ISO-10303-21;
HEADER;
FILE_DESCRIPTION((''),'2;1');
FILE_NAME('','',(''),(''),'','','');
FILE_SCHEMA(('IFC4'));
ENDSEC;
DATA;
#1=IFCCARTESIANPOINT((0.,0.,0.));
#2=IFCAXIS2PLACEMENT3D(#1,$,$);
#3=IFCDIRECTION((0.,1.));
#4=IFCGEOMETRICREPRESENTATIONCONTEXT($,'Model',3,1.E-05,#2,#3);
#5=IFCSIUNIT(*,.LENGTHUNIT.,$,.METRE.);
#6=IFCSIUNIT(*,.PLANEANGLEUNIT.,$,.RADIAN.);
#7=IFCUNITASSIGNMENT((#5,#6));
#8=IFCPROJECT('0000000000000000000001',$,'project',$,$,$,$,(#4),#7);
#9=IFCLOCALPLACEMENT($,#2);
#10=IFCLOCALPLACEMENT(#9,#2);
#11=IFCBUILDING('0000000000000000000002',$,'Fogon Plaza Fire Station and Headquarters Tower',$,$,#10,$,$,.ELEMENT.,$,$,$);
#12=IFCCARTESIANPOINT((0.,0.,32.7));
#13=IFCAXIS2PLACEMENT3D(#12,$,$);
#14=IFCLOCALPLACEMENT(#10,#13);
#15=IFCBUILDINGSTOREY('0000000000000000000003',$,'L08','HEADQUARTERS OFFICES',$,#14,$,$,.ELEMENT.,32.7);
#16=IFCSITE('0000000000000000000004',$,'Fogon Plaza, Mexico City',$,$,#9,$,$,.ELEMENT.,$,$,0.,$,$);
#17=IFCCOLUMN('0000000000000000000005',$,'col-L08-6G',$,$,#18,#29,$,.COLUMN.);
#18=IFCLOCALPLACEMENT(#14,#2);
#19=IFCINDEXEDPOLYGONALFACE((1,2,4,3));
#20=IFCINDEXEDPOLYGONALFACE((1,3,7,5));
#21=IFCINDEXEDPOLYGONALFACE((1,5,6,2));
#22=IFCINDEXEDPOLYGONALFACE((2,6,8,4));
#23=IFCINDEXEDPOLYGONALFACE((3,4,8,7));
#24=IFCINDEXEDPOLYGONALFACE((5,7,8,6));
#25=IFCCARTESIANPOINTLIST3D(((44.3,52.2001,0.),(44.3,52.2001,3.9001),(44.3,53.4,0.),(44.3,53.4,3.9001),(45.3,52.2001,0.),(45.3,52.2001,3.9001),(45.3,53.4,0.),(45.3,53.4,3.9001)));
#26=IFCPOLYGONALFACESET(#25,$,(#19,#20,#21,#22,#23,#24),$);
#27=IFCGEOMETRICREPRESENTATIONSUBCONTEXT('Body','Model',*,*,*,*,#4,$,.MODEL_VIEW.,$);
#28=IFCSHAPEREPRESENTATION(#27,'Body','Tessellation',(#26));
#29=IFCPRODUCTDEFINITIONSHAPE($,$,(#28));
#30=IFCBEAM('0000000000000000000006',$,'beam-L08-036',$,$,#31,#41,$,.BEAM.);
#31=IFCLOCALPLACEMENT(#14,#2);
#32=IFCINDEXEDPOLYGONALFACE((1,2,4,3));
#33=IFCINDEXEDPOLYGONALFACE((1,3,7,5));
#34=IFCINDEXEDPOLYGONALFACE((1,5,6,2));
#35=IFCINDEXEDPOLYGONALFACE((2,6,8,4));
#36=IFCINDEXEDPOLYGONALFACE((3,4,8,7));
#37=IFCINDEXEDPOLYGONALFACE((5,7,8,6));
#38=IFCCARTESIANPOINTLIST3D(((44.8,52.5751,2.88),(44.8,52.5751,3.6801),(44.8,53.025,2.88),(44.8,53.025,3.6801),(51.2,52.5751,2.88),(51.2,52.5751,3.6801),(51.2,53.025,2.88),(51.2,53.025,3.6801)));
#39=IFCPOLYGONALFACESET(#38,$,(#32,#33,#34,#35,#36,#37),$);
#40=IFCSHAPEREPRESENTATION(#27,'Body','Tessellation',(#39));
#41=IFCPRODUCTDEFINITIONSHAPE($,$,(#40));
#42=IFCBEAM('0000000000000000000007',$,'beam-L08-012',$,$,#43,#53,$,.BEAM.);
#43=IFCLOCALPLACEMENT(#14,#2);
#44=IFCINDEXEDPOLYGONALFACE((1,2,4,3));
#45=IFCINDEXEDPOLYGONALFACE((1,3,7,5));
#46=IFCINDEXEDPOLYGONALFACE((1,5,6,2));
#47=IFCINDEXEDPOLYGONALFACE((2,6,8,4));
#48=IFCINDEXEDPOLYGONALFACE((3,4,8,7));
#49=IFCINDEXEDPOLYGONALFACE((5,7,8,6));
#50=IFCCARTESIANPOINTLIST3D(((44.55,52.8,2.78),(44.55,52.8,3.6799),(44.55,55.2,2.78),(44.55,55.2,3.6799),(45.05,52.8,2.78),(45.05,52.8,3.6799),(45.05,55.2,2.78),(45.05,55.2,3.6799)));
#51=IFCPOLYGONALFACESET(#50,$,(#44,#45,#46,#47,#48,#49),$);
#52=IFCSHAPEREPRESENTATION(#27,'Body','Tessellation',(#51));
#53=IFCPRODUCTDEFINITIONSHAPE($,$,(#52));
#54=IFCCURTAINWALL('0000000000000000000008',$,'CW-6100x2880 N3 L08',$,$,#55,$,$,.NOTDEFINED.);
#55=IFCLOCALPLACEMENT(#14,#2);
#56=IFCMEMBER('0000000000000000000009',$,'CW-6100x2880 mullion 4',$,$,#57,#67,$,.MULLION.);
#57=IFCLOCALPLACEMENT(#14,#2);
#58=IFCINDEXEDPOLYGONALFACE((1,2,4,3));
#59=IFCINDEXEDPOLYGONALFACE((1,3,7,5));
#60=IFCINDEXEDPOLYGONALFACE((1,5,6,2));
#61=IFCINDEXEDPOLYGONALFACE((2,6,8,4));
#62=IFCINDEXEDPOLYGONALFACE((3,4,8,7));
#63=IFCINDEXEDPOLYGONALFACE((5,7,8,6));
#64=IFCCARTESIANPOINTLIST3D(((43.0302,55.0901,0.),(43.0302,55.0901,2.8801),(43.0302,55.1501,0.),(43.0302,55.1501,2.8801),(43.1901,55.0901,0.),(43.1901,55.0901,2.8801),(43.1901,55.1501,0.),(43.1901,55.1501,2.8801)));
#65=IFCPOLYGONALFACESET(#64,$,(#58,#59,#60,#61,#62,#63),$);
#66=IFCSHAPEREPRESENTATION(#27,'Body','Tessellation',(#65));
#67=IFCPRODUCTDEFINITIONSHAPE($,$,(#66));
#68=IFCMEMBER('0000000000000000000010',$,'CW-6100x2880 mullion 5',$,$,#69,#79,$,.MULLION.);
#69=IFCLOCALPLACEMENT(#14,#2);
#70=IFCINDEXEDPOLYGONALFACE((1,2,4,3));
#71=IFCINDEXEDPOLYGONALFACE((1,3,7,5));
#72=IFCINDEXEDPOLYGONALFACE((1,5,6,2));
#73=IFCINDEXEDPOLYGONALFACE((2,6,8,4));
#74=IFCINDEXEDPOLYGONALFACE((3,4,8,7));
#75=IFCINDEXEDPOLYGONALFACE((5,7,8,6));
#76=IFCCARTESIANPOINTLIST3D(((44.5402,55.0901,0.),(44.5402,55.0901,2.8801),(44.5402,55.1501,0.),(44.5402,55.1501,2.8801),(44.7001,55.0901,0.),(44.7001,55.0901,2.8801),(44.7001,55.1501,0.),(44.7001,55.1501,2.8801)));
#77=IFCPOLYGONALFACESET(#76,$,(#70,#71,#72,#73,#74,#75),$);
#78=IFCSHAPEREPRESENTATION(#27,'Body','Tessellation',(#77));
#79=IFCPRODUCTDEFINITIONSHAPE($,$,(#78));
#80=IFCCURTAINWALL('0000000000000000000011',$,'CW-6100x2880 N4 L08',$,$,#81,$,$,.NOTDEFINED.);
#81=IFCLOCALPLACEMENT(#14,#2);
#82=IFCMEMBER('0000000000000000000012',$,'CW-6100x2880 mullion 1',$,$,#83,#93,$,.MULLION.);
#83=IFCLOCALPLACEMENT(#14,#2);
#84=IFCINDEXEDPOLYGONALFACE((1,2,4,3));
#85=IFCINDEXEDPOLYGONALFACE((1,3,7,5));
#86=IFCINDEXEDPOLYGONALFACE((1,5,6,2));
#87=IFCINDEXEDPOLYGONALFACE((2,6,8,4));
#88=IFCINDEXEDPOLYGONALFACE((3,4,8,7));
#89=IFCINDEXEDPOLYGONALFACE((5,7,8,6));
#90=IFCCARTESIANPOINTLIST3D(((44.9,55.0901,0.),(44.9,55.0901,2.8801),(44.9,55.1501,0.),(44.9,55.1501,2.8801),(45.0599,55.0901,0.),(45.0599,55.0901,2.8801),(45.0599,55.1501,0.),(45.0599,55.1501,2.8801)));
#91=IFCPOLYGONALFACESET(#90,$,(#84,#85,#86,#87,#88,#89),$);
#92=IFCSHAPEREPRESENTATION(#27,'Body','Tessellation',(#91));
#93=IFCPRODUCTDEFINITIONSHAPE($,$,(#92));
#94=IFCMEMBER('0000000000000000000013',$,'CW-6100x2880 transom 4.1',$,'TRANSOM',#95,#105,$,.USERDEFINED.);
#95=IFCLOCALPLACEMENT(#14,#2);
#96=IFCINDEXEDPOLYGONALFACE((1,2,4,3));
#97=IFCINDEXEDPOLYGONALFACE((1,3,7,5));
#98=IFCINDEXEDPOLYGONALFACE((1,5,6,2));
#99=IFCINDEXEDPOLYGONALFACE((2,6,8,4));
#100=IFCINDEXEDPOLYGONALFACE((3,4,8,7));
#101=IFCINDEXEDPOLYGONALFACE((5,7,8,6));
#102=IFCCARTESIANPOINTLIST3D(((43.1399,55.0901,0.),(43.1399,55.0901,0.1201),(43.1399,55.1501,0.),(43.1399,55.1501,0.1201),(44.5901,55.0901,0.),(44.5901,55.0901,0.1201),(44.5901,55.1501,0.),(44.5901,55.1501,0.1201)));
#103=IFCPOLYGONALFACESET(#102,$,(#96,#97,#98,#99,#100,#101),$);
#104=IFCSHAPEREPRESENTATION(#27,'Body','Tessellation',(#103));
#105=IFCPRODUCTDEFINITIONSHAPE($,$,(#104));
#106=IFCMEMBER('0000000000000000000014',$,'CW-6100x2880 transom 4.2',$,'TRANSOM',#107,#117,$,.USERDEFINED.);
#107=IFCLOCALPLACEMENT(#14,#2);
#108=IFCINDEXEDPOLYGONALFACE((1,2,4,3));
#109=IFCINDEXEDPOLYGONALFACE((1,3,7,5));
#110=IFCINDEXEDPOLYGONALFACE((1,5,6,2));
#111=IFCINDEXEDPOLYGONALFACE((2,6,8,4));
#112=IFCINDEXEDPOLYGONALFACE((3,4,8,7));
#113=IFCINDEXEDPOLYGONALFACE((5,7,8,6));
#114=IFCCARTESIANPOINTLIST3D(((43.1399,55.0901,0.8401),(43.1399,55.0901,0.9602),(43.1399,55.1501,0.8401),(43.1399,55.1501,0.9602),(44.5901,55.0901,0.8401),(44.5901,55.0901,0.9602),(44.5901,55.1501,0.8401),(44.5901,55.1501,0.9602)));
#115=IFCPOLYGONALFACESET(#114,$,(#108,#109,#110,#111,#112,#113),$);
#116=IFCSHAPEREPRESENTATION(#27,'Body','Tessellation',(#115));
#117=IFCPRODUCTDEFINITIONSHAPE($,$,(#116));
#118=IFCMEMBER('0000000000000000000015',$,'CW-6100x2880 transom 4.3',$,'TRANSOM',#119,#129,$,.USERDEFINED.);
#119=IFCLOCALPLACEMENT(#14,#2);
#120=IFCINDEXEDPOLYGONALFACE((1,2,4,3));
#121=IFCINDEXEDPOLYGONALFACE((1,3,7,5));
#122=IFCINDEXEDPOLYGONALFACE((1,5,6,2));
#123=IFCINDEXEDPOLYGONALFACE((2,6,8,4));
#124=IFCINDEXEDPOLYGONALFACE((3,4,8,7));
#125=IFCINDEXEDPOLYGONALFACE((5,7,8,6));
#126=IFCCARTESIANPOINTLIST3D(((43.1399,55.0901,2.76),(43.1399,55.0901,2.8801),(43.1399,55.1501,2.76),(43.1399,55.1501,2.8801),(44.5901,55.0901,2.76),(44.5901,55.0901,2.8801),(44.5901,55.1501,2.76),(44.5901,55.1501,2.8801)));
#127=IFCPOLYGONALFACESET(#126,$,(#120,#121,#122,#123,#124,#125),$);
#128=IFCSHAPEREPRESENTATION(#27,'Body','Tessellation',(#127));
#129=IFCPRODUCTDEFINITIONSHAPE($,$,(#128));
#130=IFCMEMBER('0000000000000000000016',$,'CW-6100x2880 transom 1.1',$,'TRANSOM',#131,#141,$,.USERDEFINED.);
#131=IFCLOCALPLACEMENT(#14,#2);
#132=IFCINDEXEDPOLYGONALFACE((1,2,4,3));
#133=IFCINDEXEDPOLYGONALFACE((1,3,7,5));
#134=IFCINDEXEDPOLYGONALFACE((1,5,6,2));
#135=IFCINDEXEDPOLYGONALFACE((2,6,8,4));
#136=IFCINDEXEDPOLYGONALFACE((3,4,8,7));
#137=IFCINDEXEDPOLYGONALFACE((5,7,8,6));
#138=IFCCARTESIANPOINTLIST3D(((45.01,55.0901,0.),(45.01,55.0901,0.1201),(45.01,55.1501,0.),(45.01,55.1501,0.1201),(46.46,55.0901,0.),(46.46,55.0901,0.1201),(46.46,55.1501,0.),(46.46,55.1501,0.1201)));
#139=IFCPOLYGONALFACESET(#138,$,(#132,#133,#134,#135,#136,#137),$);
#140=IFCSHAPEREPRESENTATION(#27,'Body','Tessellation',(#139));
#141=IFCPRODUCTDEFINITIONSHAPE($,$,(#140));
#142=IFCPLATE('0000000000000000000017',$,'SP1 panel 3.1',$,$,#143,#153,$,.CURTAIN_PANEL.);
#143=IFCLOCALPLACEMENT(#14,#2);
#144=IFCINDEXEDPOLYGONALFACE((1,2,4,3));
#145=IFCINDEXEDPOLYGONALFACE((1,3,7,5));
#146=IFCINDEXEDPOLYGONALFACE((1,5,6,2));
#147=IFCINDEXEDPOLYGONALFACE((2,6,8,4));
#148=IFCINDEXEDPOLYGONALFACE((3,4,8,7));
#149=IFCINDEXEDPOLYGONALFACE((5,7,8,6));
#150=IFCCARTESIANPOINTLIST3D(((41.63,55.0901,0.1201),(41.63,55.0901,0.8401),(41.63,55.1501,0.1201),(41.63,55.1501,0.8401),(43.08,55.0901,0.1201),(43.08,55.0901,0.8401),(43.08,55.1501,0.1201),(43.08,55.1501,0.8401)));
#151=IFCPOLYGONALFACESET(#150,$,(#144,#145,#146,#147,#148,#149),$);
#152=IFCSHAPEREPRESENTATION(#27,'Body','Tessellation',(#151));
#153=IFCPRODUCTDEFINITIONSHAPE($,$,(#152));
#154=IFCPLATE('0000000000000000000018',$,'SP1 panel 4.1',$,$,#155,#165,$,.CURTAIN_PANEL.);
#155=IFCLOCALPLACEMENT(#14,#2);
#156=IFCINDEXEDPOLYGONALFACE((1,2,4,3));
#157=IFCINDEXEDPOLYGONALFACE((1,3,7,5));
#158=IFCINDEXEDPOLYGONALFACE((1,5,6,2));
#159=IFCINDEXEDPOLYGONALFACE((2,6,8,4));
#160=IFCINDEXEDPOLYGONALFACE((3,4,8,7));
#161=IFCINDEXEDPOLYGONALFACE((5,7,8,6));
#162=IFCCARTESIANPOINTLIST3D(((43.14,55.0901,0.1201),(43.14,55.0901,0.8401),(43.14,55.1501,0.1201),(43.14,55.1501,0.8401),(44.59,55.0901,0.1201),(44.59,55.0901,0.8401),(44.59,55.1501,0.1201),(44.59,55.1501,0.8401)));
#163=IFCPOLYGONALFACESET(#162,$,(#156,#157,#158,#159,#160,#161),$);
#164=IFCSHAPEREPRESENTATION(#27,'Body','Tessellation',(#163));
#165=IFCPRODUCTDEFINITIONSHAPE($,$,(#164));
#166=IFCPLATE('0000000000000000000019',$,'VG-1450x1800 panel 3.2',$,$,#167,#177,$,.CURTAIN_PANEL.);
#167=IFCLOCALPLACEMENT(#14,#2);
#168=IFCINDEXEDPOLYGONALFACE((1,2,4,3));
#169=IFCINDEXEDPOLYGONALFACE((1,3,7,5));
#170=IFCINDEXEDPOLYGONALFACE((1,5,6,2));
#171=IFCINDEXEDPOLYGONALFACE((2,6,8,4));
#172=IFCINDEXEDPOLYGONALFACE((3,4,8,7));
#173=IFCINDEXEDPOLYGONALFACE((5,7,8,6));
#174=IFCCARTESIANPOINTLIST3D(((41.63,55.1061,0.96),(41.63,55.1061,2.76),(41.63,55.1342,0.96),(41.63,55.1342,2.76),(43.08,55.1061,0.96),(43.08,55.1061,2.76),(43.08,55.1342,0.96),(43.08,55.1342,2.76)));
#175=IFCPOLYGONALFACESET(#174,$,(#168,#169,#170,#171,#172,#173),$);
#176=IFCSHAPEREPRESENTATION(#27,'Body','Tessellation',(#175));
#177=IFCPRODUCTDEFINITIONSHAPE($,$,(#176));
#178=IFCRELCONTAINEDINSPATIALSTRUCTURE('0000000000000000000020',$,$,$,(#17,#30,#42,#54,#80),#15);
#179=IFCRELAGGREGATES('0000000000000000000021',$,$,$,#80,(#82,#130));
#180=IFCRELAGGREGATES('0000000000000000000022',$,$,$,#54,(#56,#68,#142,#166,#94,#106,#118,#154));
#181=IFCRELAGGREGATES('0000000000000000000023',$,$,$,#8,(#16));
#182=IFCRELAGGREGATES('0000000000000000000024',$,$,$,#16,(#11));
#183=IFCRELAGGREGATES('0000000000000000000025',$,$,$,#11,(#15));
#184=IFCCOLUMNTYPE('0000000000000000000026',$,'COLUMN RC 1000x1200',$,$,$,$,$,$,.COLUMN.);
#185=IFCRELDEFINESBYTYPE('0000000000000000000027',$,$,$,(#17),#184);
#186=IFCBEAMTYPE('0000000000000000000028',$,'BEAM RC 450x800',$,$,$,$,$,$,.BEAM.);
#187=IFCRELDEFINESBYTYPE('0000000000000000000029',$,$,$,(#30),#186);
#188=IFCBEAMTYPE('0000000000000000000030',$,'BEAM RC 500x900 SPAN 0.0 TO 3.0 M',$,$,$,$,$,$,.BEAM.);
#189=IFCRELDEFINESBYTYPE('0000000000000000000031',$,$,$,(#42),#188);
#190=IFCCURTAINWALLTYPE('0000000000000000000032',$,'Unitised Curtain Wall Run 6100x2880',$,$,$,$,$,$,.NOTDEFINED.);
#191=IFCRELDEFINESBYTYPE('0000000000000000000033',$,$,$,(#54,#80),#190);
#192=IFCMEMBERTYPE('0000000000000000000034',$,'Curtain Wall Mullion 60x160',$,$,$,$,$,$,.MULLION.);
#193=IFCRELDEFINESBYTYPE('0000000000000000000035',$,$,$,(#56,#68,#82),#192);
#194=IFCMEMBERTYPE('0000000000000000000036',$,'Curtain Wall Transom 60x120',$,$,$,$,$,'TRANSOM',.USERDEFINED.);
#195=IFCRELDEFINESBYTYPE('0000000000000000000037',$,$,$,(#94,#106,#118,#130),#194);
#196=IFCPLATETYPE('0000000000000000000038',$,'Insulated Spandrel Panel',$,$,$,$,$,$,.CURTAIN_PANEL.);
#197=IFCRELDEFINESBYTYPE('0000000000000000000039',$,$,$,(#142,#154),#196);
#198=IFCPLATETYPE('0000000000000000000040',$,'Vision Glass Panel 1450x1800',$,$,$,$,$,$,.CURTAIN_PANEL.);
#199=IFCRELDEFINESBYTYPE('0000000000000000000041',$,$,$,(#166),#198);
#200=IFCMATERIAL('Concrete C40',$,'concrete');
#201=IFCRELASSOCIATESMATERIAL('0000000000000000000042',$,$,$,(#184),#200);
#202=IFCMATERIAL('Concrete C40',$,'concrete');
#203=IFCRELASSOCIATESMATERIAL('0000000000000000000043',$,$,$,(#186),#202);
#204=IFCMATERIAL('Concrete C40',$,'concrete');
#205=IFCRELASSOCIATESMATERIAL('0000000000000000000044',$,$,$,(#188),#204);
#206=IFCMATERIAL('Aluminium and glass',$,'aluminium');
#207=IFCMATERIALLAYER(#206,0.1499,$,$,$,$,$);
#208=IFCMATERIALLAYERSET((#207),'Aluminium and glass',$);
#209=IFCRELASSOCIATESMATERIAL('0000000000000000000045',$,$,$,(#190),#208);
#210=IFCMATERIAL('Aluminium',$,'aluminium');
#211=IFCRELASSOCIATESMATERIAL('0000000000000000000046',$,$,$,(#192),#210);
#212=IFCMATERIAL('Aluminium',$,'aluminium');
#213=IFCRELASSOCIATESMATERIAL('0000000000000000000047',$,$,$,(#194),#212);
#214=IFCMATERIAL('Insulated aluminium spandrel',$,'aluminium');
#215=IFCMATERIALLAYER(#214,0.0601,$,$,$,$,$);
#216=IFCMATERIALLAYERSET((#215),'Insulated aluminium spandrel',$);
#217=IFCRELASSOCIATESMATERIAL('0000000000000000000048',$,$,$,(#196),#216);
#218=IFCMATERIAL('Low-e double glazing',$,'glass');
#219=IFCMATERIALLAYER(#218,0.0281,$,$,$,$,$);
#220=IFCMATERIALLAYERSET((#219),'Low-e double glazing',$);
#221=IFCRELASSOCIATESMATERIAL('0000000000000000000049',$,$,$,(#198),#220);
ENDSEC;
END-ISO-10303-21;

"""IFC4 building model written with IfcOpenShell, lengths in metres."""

from ifc_helpers import new_model, si_unit, direction, frame, origin, origin_2d, place, context, subcontext, project, spatial, rectangle, extrude, material, layer, layer_set, material_profile, profile_set, type_object, element, aggregate, save


model = new_model("IFC4")

# Units and contexts
model_context = context("Model", 3, precision=1e-05, world=origin(), true_north=direction((0.0, 1.0)))
body_context = subcontext(model_context, "Body", "Model", "MODEL_VIEW")
ifc_project = project(units=[si_unit("LENGTHUNIT", "METRE"), si_unit("PLANEANGLEUNIT", "RADIAN")], contexts=[model_context])

# Site, building, storey
site_placement = place(None, origin())
site = spatial("IfcSite", under=ifc_project, at=site_placement, Name="Fogon Plaza, Mexico City", CompositionType="ELEMENT", RefElevation=0.0)
building_placement = place(site_placement, origin())
building = spatial("IfcBuilding", under=site, at=building_placement, Name="Fogon Plaza Fire Station and Headquarters Tower", CompositionType="ELEMENT")
storey_placement = place(building_placement, frame((0.0, 0.0, 32.7)))
storey = spatial("IfcBuildingStorey", under=building, at=storey_placement, Name="L08", Description="HEADQUARTERS OFFICES", CompositionType="ELEMENT", Elevation=32.7)

# Column
ifc_material_1 = material(Name="Concrete C40", Category="concrete")
ifc_material_profile_1 = material_profile(ifc_material_1, rectangle(XDim=1.0, YDim=1.2, at=origin_2d()), Name="RC 1000x1200")
ifc_profile_set_1 = profile_set([ifc_material_profile_1], Name="Concrete C40")
column_type = type_object("IfcColumnType", Name="COLUMN RC 1000x1200", PredefinedType="COLUMN", material=ifc_profile_set_1)
column_placement = place(storey_placement, frame((44.8, 52.8, 0.0), z_axis=(0.0, 0.0, 1.0), x_axis=(1.0, 0.0, 0.0)))
element("IfcColumn", 1, at=column_placement, inside=storey, type_object=column_type, Name="col-L08-6G", PredefinedType="COLUMN", context=body_context, shape_type="SweptSolid", body=[
    extrude(rectangle(XDim=1.0, YDim=1.2, at=origin_2d()), origin(), (0.0, 0.0, 1.0), 3.9001),
])

# Beams
ifc_material_2 = material(Name="Concrete C40", Category="concrete")
ifc_material_profile_2 = material_profile(ifc_material_2, rectangle(XDim=0.45, YDim=0.8, at=origin_2d()), Name="RC 450x800")
ifc_profile_set_2 = profile_set([ifc_material_profile_2], Name="Concrete C40")
beam_type_1 = type_object("IfcBeamType", Name="BEAM RC 450x800", PredefinedType="BEAM", material=ifc_profile_set_2)
beam_1_placement = place(storey_placement, frame((44.8, 52.8, 3.28), z_axis=(1.0, 0.0, 0.0), x_axis=(0.0, 1.0, 0.0)))
element("IfcBeam", 2, at=beam_1_placement, inside=storey, type_object=beam_type_1, Name="beam-L08-036", PredefinedType="BEAM", context=body_context, shape_type="SweptSolid", body=[
    extrude(rectangle(XDim=0.45, YDim=0.8, at=origin_2d()), origin(), (0.0, 0.0, 1.0), 6.3999),
])
ifc_material_3 = material(Name="Concrete C40", Category="concrete")
ifc_material_profile_3 = material_profile(ifc_material_3, rectangle(XDim=0.5, YDim=0.8999, at=origin_2d()), Name="RC 500x900")
ifc_profile_set_3 = profile_set([ifc_material_profile_3], Name="Concrete C40")
beam_type_2 = type_object("IfcBeamType", Name="BEAM RC 500x900 SPAN 0.0 TO 3.0 M", PredefinedType="BEAM", material=ifc_profile_set_3)
beam_2_placement = place(storey_placement, frame((44.8, 52.8, 3.23), z_axis=(0.0, 1.0, 0.0), x_axis=(-1.0, 0.0, 0.0)))
element("IfcBeam", 3, at=beam_2_placement, inside=storey, type_object=beam_type_2, Name="beam-L08-012", PredefinedType="BEAM", context=body_context, shape_type="SweptSolid", body=[
    extrude(rectangle(XDim=0.5, YDim=0.8999, at=origin_2d()), origin(), (0.0, 0.0, 1.0), 2.3999),
])

# Curtain wall, members
ifc_material_4 = material(Name="Aluminium and glass", Category="aluminium")
ifc_layer_1 = layer(ifc_material_4, 0.1499)
ifc_layer_set_1 = layer_set([ifc_layer_1], Name="Aluminium and glass")
curtain_wall_type = type_object("IfcCurtainWallType", Name="Unitised Curtain Wall Run 6100x2880", PredefinedType="NOTDEFINED", material=ifc_layer_set_1)
curtain_wall_1_placement = place(storey_placement, origin())
curtain_wall_1 = element("IfcCurtainWall", 4, at=curtain_wall_1_placement, inside=storey, type_object=curtain_wall_type, Name="CW-6100x2880 N3 L08", PredefinedType="NOTDEFINED")
ifc_material_5 = material(Name="Aluminium", Category="aluminium")
ifc_material_profile_4 = material_profile(ifc_material_5, rectangle(XDim=0.0601, YDim=0.1599, at=origin_2d()), Name="Curtain Wall Mullion 60x160")
ifc_profile_set_4 = profile_set([ifc_material_profile_4], Name="Aluminium")
member_type_1 = type_object("IfcMemberType", Name="Curtain Wall Mullion 60x160", PredefinedType="MULLION", material=ifc_profile_set_4)
member_1_placement = place(storey_placement, frame((43.1101, 55.1201, 0.0), z_axis=(0.0, 0.0, 1.0), x_axis=(0.0, 1.0, 0.0)))
member_1 = element("IfcMember", 5, at=member_1_placement, type_object=member_type_1, Name="CW-6100x2880 mullion 4", PredefinedType="MULLION", context=body_context, shape_type="SweptSolid", body=[
    extrude(rectangle(XDim=0.0601, YDim=0.1599, at=origin_2d()), origin(), (0.0, 0.0, 1.0), 2.8801),
])
member_2_placement = place(storey_placement, frame((44.6201, 55.1201, 0.0), z_axis=(0.0, 0.0, 1.0), x_axis=(0.0, 1.0, 0.0)))
member_2 = element("IfcMember", 6, at=member_2_placement, type_object=member_type_1, Name="CW-6100x2880 mullion 5", PredefinedType="MULLION", context=body_context, shape_type="SweptSolid", body=[
    extrude(rectangle(XDim=0.0601, YDim=0.1599, at=origin_2d()), origin(), (0.0, 0.0, 1.0), 2.8801),
])

# Curtain wall, member
curtain_wall_2_placement = place(storey_placement, origin())
curtain_wall_2 = element("IfcCurtainWall", 7, at=curtain_wall_2_placement, inside=storey, type_object=curtain_wall_type, Name="CW-6100x2880 N4 L08", PredefinedType="NOTDEFINED")
member_3_placement = place(storey_placement, frame((44.98, 55.1201, 0.0), z_axis=(0.0, 0.0, 1.0), x_axis=(0.0, 1.0, 0.0)))
member_3 = element("IfcMember", 8, at=member_3_placement, type_object=member_type_1, Name="CW-6100x2880 mullion 1", PredefinedType="MULLION", context=body_context, shape_type="SweptSolid", body=[
    extrude(rectangle(XDim=0.0601, YDim=0.1599, at=origin_2d()), origin(), (0.0, 0.0, 1.0), 2.8801),
])

# Members
ifc_material_6 = material(Name="Aluminium", Category="aluminium")
ifc_material_profile_5 = material_profile(ifc_material_6, rectangle(XDim=0.0601, YDim=0.1201, at=origin_2d()), Name="Curtain Wall Transom 60x120")
ifc_profile_set_5 = profile_set([ifc_material_profile_5], Name="Aluminium")
member_type_2 = type_object("IfcMemberType", Name="Curtain Wall Transom 60x120", ElementType="TRANSOM", PredefinedType="USERDEFINED", material=ifc_profile_set_5)
member_4_placement = place(storey_placement, frame((43.1399, 55.1201, 0.0601), z_axis=(1.0, 0.0, 0.0), x_axis=(0.0, 1.0, 0.0)))
member_4 = element("IfcMember", 9, at=member_4_placement, type_object=member_type_2, Name="CW-6100x2880 transom 4.1", ObjectType="TRANSOM", PredefinedType="USERDEFINED", context=body_context, shape_type="SweptSolid", body=[
    extrude(rectangle(XDim=0.0601, YDim=0.1201, at=origin_2d()), origin(), (0.0, 0.0, 1.0), 1.4502),
])
member_5_placement = place(storey_placement, frame((43.1399, 55.1201, 0.9001), z_axis=(1.0, 0.0, 0.0), x_axis=(0.0, 1.0, 0.0)))
member_5 = element("IfcMember", 10, at=member_5_placement, type_object=member_type_2, Name="CW-6100x2880 transom 4.2", ObjectType="TRANSOM", PredefinedType="USERDEFINED", context=body_context, shape_type="SweptSolid", body=[
    extrude(rectangle(XDim=0.0601, YDim=0.1201, at=origin_2d()), origin(), (0.0, 0.0, 1.0), 1.4502),
])
member_6_placement = place(storey_placement, frame((43.1399, 55.1201, 2.8201), z_axis=(1.0, 0.0, 0.0), x_axis=(0.0, 1.0, 0.0)))
member_6 = element("IfcMember", 11, at=member_6_placement, type_object=member_type_2, Name="CW-6100x2880 transom 4.3", ObjectType="TRANSOM", PredefinedType="USERDEFINED", context=body_context, shape_type="SweptSolid", body=[
    extrude(rectangle(XDim=0.0601, YDim=0.1201, at=origin_2d()), origin(), (0.0, 0.0, 1.0), 1.4502),
])
member_7_placement = place(storey_placement, frame((45.01, 55.1201, 0.0601), z_axis=(1.0, 0.0, 0.0), x_axis=(0.0, 1.0, 0.0)))
member_7 = element("IfcMember", 12, at=member_7_placement, type_object=member_type_2, Name="CW-6100x2880 transom 1.1", ObjectType="TRANSOM", PredefinedType="USERDEFINED", context=body_context, shape_type="SweptSolid", body=[
    extrude(rectangle(XDim=0.0601, YDim=0.1201, at=origin_2d()), origin(), (0.0, 0.0, 1.0), 1.45),
])
aggregate(curtain_wall_2, [member_3, member_7])

# Plates
ifc_material_7 = material(Name="Insulated aluminium spandrel", Category="aluminium")
ifc_layer_2 = layer(ifc_material_7, 0.0601)
ifc_layer_set_2 = layer_set([ifc_layer_2], Name="Insulated aluminium spandrel")
plate_type_1 = type_object("IfcPlateType", Name="Insulated Spandrel Panel", PredefinedType="CURTAIN_PANEL", material=ifc_layer_set_2)
plate_1_placement = place(storey_placement, frame((42.355, 55.1201, 0.1201), z_axis=(0.0, 0.0, 1.0), x_axis=(1.0, 0.0, 0.0)))
plate_1 = element("IfcPlate", 13, at=plate_1_placement, type_object=plate_type_1, Name="SP1 panel 3.1", PredefinedType="CURTAIN_PANEL", context=body_context, shape_type="SweptSolid", body=[
    extrude(rectangle(XDim=1.45, YDim=0.0601, at=origin_2d()), origin(), (0.0, 0.0, 1.0), 0.72),
])
plate_2_placement = place(storey_placement, frame((43.865, 55.1201, 0.1201), z_axis=(0.0, 0.0, 1.0), x_axis=(1.0, 0.0, 0.0)))
plate_2 = element("IfcPlate", 14, at=plate_2_placement, type_object=plate_type_1, Name="SP1 panel 4.1", PredefinedType="CURTAIN_PANEL", context=body_context, shape_type="SweptSolid", body=[
    extrude(rectangle(XDim=1.45, YDim=0.0601, at=origin_2d()), origin(), (0.0, 0.0, 1.0), 0.72),
])
ifc_material_8 = material(Name="Low-e double glazing", Category="glass")
ifc_layer_3 = layer(ifc_material_8, 0.0281)
ifc_layer_set_3 = layer_set([ifc_layer_3], Name="Low-e double glazing")
plate_type_2 = type_object("IfcPlateType", Name="Vision Glass Panel 1450x1800", PredefinedType="CURTAIN_PANEL", material=ifc_layer_set_3)
plate_3_placement = place(storey_placement, frame((42.355, 55.1201, 0.96), z_axis=(0.0, 0.0, 1.0), x_axis=(1.0, 0.0, 0.0)))
plate_3 = element("IfcPlate", 15, at=plate_3_placement, type_object=plate_type_2, Name="VG-1450x1800 panel 3.2", PredefinedType="CURTAIN_PANEL", context=body_context, shape_type="SweptSolid", body=[
    extrude(rectangle(XDim=1.45, YDim=0.0281, at=origin_2d()), origin(), (0.0, 0.0, 1.0), 1.8),
])
aggregate(curtain_wall_1, [member_1, member_2, plate_1, plate_3, member_4, member_5, member_6, plate_2])

save(model, "model.ifc")
